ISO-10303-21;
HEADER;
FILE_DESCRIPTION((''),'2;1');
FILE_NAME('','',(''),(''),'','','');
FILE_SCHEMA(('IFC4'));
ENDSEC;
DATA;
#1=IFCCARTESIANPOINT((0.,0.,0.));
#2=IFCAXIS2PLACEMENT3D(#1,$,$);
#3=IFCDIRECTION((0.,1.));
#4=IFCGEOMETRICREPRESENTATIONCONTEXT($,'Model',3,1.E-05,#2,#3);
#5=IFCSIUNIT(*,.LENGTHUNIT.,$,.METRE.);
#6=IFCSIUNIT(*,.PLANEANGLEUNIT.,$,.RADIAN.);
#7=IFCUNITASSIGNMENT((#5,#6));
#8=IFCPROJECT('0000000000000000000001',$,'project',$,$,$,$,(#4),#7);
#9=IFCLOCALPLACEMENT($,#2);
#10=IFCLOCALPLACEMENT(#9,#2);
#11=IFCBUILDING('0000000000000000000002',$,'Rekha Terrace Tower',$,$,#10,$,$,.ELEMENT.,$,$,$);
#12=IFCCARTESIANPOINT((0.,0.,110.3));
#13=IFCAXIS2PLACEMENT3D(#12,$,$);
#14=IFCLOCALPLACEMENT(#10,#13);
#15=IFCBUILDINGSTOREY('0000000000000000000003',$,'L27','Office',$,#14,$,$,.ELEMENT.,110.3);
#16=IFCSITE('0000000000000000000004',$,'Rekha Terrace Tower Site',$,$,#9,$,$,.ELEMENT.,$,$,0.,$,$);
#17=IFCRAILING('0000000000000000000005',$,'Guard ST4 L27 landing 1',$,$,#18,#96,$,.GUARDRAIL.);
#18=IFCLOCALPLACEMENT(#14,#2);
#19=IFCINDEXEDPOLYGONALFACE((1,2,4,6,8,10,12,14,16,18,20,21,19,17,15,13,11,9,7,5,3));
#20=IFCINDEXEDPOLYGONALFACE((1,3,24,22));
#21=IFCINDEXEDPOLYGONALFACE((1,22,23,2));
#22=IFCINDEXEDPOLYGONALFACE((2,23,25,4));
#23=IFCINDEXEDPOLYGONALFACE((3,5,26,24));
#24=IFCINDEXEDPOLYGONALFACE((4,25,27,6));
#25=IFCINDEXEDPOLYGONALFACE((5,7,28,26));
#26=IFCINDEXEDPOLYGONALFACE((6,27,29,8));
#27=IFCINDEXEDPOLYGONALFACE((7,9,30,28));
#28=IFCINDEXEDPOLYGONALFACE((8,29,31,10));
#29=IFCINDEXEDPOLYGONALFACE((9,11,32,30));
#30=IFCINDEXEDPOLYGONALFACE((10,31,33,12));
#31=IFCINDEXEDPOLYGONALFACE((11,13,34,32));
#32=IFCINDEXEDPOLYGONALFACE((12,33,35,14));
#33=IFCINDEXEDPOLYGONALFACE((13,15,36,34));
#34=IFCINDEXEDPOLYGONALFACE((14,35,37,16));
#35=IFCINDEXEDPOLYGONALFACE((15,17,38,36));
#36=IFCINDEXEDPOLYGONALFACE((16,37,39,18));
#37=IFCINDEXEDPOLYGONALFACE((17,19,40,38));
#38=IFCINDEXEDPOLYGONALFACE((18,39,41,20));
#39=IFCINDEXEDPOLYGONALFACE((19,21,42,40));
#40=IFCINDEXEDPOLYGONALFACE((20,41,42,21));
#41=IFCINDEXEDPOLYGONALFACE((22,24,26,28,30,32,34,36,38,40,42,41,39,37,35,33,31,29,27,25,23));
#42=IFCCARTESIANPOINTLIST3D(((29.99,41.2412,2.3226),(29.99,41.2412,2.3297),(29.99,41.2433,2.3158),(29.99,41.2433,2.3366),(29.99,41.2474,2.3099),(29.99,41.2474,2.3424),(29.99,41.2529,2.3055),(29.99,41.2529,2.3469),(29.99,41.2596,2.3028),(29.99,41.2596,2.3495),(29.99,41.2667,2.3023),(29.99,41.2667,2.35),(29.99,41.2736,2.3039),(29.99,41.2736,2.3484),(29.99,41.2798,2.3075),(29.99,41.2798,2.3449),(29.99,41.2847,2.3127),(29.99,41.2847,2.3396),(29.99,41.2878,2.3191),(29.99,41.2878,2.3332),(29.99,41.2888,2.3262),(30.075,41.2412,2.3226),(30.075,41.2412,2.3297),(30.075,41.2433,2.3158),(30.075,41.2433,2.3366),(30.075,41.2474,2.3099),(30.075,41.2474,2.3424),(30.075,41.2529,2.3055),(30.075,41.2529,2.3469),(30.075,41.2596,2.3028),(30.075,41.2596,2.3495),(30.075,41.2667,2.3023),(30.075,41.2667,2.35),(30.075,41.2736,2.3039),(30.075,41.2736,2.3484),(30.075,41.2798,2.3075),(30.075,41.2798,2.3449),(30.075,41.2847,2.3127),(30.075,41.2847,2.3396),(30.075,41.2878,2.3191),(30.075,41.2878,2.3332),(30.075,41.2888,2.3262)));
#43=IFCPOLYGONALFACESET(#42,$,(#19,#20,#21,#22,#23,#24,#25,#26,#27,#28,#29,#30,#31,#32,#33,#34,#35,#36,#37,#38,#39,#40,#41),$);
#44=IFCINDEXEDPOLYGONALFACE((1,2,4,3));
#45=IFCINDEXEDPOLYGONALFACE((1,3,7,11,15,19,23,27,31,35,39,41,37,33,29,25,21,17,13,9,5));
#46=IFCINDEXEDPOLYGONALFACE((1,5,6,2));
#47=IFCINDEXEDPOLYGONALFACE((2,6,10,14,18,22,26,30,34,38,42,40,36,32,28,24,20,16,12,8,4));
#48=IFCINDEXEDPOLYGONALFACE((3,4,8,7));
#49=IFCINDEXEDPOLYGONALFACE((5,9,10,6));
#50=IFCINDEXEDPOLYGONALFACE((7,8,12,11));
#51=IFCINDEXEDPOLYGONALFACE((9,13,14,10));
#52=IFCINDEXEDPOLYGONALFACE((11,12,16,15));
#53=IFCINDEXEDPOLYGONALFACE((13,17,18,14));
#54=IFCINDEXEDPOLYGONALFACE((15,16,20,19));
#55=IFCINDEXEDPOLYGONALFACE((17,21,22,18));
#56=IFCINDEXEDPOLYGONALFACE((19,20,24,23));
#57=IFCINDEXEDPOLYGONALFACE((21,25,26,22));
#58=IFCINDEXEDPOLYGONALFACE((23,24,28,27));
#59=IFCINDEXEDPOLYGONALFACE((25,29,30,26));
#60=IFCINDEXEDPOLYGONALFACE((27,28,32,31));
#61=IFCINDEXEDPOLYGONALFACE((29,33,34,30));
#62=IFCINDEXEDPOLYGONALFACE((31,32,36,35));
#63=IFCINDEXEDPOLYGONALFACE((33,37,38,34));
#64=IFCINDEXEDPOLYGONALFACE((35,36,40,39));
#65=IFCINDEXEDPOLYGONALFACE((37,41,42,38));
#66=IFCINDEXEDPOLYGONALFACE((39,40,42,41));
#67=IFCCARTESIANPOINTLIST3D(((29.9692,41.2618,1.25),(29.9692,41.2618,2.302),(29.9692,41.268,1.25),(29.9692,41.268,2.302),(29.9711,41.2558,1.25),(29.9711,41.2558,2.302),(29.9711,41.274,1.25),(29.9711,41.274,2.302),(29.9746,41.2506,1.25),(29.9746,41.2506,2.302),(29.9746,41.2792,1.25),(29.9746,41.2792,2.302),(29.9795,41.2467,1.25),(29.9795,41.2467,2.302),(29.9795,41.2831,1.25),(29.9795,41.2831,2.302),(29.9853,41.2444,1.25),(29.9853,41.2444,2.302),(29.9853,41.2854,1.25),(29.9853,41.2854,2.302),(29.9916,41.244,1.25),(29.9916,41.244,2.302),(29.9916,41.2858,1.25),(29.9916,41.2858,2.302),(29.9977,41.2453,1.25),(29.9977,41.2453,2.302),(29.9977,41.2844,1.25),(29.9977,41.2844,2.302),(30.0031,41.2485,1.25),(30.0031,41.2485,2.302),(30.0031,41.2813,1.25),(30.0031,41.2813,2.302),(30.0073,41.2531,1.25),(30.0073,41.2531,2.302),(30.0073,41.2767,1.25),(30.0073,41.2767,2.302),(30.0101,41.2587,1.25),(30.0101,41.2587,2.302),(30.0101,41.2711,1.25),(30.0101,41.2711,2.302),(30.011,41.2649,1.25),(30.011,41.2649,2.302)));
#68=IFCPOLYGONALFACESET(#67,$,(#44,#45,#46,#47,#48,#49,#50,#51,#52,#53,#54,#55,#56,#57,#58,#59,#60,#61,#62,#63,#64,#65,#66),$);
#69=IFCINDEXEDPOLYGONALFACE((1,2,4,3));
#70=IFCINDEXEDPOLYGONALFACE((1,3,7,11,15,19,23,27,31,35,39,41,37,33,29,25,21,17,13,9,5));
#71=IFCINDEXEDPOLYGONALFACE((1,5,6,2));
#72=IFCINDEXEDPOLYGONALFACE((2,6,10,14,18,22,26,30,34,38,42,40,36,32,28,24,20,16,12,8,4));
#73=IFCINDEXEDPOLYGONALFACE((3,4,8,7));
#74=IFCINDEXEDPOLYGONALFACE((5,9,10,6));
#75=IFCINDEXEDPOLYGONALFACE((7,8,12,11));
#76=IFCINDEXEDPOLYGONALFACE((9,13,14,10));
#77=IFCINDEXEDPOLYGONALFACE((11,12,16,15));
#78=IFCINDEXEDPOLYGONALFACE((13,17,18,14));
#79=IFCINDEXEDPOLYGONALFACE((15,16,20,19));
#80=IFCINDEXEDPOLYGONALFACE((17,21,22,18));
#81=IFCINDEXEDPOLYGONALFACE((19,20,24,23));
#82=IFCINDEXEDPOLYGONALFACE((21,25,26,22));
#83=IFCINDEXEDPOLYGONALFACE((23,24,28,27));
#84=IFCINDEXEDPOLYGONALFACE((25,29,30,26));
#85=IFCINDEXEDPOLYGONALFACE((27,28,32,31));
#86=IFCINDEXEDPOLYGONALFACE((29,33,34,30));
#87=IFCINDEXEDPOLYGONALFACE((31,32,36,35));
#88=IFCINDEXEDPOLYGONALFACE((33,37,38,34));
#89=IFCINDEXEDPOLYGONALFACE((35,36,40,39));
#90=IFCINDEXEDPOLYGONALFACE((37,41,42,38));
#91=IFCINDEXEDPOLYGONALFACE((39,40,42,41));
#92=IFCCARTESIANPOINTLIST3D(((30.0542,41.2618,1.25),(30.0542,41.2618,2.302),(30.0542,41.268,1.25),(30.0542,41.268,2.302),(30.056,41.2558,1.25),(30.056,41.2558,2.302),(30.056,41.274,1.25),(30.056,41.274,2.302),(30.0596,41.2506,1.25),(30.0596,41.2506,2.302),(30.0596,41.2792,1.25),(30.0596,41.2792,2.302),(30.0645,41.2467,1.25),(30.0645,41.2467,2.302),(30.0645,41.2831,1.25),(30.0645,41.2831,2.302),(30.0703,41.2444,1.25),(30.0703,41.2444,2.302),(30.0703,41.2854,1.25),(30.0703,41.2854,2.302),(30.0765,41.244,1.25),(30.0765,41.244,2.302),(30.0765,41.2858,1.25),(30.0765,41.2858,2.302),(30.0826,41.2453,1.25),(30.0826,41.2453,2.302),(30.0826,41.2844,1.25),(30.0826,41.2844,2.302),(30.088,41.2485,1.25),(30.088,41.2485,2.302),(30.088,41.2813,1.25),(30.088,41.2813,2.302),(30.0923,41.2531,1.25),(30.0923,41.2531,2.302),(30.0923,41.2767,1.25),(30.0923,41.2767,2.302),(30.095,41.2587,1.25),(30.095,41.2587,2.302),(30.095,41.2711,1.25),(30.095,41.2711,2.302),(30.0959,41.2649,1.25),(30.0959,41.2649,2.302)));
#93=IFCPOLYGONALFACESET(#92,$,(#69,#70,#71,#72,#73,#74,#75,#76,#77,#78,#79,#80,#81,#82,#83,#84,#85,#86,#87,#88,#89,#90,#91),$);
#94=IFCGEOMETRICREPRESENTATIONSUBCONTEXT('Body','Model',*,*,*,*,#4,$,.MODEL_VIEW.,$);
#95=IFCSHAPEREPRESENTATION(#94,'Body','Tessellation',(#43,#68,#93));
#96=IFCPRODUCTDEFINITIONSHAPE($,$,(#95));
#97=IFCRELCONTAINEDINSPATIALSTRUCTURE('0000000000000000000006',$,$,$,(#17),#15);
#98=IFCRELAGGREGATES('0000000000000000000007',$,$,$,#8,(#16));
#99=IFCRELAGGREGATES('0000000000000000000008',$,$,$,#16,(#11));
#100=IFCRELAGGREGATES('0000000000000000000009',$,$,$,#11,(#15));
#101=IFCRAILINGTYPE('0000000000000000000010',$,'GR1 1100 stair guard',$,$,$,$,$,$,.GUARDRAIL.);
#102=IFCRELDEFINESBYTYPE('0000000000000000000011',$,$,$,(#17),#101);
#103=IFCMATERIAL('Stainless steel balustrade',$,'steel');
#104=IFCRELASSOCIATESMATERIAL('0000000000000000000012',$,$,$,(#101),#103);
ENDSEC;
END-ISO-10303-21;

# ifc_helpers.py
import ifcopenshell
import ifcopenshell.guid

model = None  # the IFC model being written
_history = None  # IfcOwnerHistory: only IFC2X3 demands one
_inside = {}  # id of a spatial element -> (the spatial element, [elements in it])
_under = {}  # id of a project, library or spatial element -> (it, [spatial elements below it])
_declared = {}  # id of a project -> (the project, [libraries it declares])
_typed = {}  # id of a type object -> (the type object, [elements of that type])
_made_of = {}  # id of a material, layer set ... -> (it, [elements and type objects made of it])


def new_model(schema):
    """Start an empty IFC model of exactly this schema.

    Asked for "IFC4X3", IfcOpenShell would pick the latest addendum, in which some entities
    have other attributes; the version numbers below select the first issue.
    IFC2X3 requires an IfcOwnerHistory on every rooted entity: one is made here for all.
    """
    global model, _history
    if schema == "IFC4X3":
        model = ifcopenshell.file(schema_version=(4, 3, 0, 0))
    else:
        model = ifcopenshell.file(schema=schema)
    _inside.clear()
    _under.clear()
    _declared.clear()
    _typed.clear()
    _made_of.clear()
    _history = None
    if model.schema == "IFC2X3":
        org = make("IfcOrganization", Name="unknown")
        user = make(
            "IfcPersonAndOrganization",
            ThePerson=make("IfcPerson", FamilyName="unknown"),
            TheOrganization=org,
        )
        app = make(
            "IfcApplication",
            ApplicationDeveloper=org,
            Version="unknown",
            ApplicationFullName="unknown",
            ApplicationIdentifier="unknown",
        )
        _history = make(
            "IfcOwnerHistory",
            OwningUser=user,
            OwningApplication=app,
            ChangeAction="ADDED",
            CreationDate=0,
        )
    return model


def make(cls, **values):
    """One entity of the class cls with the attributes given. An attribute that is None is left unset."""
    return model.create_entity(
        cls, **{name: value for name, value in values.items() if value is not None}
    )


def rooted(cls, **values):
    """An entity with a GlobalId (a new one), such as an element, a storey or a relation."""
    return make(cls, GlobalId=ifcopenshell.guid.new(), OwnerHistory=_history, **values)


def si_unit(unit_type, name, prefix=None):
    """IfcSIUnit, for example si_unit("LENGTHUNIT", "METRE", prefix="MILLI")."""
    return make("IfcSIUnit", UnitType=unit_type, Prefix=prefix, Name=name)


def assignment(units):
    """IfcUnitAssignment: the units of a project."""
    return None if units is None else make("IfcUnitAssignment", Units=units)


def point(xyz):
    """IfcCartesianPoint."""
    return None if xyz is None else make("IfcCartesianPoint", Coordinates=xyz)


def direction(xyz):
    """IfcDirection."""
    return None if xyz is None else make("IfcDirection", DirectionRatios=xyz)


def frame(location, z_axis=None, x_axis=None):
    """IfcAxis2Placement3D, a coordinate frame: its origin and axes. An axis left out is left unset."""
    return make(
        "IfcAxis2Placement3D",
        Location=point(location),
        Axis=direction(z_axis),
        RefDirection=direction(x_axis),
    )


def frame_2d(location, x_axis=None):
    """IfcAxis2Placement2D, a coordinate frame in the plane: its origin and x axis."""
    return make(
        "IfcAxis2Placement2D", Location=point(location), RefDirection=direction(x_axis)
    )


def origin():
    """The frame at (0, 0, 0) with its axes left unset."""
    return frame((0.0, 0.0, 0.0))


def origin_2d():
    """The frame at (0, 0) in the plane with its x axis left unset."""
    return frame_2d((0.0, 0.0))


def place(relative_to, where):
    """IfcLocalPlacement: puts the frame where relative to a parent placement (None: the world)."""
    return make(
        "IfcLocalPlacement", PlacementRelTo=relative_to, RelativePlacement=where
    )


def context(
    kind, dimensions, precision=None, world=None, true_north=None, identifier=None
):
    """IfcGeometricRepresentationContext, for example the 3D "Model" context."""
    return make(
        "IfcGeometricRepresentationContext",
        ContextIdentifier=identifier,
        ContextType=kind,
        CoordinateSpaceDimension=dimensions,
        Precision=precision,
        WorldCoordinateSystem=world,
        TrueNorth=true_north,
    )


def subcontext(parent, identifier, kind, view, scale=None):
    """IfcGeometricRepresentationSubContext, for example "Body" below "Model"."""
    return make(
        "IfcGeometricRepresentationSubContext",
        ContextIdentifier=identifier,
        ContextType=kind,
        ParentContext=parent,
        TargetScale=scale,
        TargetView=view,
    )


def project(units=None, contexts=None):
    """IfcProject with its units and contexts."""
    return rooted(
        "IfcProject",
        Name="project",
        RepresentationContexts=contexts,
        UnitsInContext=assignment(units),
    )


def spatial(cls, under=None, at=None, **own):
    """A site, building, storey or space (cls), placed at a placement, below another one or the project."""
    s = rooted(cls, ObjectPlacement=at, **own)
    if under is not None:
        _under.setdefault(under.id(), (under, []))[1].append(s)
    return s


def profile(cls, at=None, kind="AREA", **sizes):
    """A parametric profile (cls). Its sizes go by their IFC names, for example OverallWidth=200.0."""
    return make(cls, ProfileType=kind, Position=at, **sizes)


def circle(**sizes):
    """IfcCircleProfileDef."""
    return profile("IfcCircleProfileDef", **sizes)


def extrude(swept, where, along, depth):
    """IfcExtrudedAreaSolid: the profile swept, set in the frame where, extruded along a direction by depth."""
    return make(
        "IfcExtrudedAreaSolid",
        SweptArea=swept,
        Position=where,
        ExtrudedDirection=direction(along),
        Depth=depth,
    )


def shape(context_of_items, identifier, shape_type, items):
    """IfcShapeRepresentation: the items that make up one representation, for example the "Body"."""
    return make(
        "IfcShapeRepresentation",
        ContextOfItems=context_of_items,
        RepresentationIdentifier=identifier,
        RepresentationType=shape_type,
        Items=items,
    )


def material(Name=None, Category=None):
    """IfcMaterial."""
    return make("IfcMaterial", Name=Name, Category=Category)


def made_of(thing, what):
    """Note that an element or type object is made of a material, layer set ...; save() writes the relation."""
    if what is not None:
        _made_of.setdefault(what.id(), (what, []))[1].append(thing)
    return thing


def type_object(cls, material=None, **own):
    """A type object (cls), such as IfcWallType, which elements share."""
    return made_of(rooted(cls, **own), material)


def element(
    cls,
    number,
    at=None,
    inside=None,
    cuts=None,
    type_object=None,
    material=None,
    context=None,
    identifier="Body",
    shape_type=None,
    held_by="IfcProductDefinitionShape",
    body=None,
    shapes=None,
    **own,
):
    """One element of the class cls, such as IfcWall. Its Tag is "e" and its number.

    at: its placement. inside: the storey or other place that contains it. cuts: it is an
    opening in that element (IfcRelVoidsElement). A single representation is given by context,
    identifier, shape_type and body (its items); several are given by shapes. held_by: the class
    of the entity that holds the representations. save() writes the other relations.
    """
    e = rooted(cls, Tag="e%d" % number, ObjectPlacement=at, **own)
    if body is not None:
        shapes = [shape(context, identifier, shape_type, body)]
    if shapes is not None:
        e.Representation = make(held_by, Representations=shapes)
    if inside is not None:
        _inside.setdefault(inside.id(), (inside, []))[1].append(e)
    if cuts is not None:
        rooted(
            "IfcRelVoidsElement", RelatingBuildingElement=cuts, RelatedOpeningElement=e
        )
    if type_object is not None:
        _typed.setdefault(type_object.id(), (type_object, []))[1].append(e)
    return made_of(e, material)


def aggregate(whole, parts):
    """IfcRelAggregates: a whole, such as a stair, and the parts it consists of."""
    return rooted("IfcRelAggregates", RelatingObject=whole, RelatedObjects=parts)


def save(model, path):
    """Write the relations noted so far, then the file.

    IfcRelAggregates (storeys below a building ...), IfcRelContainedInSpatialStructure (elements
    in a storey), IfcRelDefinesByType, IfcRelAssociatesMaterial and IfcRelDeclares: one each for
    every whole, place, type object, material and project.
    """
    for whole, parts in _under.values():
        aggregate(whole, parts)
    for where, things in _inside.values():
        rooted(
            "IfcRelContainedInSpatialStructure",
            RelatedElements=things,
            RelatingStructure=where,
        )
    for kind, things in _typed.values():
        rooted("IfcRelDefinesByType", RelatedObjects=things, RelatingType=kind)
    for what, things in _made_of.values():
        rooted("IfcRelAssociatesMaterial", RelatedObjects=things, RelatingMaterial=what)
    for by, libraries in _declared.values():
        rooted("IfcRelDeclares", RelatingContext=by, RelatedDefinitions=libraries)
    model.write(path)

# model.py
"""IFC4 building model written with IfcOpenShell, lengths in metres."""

from ifc_helpers import new_model, si_unit, direction, frame, origin, origin_2d, place, context, subcontext, project, spatial, circle, extrude, material, type_object, element, save


model = new_model("IFC4")

# Units and contexts
model_context = context("Model", 3, precision=1e-05, world=origin(), true_north=direction((0.0, 1.0)))
body_context = subcontext(model_context, "Body", "Model", "MODEL_VIEW")
ifc_project = project(units=[si_unit("LENGTHUNIT", "METRE"), si_unit("PLANEANGLEUNIT", "RADIAN")], contexts=[model_context])

# Site, building, storey
site_placement = place(None, origin())
site = spatial("IfcSite", under=ifc_project, at=site_placement, Name="Rekha Terrace Tower Site", CompositionType="ELEMENT", RefElevation=0.0)
building_placement = place(site_placement, origin())
building = spatial("IfcBuilding", under=site, at=building_placement, Name="Rekha Terrace Tower", CompositionType="ELEMENT")
storey_placement = place(building_placement, frame((0.0, 0.0, 110.3)))
storey = spatial("IfcBuildingStorey", under=building, at=storey_placement, Name="L27", Description="Office", CompositionType="ELEMENT", Elevation=110.3)

# Railing
ifc_material_1 = material(Name="Stainless steel balustrade", Category="steel")
railing_type_1 = type_object("IfcRailingType", Name="GR1 1100 stair guard", PredefinedType="GUARDRAIL", material=ifc_material_1)
railing_1_placement = place(storey_placement, frame((29.99, 41.2649, 1.25)))
element("IfcRailing", 1, at=railing_1_placement, inside=storey, type_object=railing_type_1, Name="Guard ST4 L27 landing 1", PredefinedType="GUARDRAIL", context=body_context, shape_type="SweptSolid", body=[
    extrude(circle(Radius=0.0239, at=origin_2d()), frame((0.0, 0.0, 1.0762), z_axis=(1.0, 0.0, 0.0), x_axis=(0.0, 1.0, 0.0)), (0.0, 0.0, 1.0), 0.085),
    extrude(circle(Radius=0.021, at=origin_2d()), origin(), (0.0, 0.0, 1.0), 1.052),
    extrude(circle(Radius=0.021, at=origin_2d()), frame((0.085, 0.0, 0.0)), (0.0, 0.0, 1.0), 1.052),
])

save(model, "model.ifc")
